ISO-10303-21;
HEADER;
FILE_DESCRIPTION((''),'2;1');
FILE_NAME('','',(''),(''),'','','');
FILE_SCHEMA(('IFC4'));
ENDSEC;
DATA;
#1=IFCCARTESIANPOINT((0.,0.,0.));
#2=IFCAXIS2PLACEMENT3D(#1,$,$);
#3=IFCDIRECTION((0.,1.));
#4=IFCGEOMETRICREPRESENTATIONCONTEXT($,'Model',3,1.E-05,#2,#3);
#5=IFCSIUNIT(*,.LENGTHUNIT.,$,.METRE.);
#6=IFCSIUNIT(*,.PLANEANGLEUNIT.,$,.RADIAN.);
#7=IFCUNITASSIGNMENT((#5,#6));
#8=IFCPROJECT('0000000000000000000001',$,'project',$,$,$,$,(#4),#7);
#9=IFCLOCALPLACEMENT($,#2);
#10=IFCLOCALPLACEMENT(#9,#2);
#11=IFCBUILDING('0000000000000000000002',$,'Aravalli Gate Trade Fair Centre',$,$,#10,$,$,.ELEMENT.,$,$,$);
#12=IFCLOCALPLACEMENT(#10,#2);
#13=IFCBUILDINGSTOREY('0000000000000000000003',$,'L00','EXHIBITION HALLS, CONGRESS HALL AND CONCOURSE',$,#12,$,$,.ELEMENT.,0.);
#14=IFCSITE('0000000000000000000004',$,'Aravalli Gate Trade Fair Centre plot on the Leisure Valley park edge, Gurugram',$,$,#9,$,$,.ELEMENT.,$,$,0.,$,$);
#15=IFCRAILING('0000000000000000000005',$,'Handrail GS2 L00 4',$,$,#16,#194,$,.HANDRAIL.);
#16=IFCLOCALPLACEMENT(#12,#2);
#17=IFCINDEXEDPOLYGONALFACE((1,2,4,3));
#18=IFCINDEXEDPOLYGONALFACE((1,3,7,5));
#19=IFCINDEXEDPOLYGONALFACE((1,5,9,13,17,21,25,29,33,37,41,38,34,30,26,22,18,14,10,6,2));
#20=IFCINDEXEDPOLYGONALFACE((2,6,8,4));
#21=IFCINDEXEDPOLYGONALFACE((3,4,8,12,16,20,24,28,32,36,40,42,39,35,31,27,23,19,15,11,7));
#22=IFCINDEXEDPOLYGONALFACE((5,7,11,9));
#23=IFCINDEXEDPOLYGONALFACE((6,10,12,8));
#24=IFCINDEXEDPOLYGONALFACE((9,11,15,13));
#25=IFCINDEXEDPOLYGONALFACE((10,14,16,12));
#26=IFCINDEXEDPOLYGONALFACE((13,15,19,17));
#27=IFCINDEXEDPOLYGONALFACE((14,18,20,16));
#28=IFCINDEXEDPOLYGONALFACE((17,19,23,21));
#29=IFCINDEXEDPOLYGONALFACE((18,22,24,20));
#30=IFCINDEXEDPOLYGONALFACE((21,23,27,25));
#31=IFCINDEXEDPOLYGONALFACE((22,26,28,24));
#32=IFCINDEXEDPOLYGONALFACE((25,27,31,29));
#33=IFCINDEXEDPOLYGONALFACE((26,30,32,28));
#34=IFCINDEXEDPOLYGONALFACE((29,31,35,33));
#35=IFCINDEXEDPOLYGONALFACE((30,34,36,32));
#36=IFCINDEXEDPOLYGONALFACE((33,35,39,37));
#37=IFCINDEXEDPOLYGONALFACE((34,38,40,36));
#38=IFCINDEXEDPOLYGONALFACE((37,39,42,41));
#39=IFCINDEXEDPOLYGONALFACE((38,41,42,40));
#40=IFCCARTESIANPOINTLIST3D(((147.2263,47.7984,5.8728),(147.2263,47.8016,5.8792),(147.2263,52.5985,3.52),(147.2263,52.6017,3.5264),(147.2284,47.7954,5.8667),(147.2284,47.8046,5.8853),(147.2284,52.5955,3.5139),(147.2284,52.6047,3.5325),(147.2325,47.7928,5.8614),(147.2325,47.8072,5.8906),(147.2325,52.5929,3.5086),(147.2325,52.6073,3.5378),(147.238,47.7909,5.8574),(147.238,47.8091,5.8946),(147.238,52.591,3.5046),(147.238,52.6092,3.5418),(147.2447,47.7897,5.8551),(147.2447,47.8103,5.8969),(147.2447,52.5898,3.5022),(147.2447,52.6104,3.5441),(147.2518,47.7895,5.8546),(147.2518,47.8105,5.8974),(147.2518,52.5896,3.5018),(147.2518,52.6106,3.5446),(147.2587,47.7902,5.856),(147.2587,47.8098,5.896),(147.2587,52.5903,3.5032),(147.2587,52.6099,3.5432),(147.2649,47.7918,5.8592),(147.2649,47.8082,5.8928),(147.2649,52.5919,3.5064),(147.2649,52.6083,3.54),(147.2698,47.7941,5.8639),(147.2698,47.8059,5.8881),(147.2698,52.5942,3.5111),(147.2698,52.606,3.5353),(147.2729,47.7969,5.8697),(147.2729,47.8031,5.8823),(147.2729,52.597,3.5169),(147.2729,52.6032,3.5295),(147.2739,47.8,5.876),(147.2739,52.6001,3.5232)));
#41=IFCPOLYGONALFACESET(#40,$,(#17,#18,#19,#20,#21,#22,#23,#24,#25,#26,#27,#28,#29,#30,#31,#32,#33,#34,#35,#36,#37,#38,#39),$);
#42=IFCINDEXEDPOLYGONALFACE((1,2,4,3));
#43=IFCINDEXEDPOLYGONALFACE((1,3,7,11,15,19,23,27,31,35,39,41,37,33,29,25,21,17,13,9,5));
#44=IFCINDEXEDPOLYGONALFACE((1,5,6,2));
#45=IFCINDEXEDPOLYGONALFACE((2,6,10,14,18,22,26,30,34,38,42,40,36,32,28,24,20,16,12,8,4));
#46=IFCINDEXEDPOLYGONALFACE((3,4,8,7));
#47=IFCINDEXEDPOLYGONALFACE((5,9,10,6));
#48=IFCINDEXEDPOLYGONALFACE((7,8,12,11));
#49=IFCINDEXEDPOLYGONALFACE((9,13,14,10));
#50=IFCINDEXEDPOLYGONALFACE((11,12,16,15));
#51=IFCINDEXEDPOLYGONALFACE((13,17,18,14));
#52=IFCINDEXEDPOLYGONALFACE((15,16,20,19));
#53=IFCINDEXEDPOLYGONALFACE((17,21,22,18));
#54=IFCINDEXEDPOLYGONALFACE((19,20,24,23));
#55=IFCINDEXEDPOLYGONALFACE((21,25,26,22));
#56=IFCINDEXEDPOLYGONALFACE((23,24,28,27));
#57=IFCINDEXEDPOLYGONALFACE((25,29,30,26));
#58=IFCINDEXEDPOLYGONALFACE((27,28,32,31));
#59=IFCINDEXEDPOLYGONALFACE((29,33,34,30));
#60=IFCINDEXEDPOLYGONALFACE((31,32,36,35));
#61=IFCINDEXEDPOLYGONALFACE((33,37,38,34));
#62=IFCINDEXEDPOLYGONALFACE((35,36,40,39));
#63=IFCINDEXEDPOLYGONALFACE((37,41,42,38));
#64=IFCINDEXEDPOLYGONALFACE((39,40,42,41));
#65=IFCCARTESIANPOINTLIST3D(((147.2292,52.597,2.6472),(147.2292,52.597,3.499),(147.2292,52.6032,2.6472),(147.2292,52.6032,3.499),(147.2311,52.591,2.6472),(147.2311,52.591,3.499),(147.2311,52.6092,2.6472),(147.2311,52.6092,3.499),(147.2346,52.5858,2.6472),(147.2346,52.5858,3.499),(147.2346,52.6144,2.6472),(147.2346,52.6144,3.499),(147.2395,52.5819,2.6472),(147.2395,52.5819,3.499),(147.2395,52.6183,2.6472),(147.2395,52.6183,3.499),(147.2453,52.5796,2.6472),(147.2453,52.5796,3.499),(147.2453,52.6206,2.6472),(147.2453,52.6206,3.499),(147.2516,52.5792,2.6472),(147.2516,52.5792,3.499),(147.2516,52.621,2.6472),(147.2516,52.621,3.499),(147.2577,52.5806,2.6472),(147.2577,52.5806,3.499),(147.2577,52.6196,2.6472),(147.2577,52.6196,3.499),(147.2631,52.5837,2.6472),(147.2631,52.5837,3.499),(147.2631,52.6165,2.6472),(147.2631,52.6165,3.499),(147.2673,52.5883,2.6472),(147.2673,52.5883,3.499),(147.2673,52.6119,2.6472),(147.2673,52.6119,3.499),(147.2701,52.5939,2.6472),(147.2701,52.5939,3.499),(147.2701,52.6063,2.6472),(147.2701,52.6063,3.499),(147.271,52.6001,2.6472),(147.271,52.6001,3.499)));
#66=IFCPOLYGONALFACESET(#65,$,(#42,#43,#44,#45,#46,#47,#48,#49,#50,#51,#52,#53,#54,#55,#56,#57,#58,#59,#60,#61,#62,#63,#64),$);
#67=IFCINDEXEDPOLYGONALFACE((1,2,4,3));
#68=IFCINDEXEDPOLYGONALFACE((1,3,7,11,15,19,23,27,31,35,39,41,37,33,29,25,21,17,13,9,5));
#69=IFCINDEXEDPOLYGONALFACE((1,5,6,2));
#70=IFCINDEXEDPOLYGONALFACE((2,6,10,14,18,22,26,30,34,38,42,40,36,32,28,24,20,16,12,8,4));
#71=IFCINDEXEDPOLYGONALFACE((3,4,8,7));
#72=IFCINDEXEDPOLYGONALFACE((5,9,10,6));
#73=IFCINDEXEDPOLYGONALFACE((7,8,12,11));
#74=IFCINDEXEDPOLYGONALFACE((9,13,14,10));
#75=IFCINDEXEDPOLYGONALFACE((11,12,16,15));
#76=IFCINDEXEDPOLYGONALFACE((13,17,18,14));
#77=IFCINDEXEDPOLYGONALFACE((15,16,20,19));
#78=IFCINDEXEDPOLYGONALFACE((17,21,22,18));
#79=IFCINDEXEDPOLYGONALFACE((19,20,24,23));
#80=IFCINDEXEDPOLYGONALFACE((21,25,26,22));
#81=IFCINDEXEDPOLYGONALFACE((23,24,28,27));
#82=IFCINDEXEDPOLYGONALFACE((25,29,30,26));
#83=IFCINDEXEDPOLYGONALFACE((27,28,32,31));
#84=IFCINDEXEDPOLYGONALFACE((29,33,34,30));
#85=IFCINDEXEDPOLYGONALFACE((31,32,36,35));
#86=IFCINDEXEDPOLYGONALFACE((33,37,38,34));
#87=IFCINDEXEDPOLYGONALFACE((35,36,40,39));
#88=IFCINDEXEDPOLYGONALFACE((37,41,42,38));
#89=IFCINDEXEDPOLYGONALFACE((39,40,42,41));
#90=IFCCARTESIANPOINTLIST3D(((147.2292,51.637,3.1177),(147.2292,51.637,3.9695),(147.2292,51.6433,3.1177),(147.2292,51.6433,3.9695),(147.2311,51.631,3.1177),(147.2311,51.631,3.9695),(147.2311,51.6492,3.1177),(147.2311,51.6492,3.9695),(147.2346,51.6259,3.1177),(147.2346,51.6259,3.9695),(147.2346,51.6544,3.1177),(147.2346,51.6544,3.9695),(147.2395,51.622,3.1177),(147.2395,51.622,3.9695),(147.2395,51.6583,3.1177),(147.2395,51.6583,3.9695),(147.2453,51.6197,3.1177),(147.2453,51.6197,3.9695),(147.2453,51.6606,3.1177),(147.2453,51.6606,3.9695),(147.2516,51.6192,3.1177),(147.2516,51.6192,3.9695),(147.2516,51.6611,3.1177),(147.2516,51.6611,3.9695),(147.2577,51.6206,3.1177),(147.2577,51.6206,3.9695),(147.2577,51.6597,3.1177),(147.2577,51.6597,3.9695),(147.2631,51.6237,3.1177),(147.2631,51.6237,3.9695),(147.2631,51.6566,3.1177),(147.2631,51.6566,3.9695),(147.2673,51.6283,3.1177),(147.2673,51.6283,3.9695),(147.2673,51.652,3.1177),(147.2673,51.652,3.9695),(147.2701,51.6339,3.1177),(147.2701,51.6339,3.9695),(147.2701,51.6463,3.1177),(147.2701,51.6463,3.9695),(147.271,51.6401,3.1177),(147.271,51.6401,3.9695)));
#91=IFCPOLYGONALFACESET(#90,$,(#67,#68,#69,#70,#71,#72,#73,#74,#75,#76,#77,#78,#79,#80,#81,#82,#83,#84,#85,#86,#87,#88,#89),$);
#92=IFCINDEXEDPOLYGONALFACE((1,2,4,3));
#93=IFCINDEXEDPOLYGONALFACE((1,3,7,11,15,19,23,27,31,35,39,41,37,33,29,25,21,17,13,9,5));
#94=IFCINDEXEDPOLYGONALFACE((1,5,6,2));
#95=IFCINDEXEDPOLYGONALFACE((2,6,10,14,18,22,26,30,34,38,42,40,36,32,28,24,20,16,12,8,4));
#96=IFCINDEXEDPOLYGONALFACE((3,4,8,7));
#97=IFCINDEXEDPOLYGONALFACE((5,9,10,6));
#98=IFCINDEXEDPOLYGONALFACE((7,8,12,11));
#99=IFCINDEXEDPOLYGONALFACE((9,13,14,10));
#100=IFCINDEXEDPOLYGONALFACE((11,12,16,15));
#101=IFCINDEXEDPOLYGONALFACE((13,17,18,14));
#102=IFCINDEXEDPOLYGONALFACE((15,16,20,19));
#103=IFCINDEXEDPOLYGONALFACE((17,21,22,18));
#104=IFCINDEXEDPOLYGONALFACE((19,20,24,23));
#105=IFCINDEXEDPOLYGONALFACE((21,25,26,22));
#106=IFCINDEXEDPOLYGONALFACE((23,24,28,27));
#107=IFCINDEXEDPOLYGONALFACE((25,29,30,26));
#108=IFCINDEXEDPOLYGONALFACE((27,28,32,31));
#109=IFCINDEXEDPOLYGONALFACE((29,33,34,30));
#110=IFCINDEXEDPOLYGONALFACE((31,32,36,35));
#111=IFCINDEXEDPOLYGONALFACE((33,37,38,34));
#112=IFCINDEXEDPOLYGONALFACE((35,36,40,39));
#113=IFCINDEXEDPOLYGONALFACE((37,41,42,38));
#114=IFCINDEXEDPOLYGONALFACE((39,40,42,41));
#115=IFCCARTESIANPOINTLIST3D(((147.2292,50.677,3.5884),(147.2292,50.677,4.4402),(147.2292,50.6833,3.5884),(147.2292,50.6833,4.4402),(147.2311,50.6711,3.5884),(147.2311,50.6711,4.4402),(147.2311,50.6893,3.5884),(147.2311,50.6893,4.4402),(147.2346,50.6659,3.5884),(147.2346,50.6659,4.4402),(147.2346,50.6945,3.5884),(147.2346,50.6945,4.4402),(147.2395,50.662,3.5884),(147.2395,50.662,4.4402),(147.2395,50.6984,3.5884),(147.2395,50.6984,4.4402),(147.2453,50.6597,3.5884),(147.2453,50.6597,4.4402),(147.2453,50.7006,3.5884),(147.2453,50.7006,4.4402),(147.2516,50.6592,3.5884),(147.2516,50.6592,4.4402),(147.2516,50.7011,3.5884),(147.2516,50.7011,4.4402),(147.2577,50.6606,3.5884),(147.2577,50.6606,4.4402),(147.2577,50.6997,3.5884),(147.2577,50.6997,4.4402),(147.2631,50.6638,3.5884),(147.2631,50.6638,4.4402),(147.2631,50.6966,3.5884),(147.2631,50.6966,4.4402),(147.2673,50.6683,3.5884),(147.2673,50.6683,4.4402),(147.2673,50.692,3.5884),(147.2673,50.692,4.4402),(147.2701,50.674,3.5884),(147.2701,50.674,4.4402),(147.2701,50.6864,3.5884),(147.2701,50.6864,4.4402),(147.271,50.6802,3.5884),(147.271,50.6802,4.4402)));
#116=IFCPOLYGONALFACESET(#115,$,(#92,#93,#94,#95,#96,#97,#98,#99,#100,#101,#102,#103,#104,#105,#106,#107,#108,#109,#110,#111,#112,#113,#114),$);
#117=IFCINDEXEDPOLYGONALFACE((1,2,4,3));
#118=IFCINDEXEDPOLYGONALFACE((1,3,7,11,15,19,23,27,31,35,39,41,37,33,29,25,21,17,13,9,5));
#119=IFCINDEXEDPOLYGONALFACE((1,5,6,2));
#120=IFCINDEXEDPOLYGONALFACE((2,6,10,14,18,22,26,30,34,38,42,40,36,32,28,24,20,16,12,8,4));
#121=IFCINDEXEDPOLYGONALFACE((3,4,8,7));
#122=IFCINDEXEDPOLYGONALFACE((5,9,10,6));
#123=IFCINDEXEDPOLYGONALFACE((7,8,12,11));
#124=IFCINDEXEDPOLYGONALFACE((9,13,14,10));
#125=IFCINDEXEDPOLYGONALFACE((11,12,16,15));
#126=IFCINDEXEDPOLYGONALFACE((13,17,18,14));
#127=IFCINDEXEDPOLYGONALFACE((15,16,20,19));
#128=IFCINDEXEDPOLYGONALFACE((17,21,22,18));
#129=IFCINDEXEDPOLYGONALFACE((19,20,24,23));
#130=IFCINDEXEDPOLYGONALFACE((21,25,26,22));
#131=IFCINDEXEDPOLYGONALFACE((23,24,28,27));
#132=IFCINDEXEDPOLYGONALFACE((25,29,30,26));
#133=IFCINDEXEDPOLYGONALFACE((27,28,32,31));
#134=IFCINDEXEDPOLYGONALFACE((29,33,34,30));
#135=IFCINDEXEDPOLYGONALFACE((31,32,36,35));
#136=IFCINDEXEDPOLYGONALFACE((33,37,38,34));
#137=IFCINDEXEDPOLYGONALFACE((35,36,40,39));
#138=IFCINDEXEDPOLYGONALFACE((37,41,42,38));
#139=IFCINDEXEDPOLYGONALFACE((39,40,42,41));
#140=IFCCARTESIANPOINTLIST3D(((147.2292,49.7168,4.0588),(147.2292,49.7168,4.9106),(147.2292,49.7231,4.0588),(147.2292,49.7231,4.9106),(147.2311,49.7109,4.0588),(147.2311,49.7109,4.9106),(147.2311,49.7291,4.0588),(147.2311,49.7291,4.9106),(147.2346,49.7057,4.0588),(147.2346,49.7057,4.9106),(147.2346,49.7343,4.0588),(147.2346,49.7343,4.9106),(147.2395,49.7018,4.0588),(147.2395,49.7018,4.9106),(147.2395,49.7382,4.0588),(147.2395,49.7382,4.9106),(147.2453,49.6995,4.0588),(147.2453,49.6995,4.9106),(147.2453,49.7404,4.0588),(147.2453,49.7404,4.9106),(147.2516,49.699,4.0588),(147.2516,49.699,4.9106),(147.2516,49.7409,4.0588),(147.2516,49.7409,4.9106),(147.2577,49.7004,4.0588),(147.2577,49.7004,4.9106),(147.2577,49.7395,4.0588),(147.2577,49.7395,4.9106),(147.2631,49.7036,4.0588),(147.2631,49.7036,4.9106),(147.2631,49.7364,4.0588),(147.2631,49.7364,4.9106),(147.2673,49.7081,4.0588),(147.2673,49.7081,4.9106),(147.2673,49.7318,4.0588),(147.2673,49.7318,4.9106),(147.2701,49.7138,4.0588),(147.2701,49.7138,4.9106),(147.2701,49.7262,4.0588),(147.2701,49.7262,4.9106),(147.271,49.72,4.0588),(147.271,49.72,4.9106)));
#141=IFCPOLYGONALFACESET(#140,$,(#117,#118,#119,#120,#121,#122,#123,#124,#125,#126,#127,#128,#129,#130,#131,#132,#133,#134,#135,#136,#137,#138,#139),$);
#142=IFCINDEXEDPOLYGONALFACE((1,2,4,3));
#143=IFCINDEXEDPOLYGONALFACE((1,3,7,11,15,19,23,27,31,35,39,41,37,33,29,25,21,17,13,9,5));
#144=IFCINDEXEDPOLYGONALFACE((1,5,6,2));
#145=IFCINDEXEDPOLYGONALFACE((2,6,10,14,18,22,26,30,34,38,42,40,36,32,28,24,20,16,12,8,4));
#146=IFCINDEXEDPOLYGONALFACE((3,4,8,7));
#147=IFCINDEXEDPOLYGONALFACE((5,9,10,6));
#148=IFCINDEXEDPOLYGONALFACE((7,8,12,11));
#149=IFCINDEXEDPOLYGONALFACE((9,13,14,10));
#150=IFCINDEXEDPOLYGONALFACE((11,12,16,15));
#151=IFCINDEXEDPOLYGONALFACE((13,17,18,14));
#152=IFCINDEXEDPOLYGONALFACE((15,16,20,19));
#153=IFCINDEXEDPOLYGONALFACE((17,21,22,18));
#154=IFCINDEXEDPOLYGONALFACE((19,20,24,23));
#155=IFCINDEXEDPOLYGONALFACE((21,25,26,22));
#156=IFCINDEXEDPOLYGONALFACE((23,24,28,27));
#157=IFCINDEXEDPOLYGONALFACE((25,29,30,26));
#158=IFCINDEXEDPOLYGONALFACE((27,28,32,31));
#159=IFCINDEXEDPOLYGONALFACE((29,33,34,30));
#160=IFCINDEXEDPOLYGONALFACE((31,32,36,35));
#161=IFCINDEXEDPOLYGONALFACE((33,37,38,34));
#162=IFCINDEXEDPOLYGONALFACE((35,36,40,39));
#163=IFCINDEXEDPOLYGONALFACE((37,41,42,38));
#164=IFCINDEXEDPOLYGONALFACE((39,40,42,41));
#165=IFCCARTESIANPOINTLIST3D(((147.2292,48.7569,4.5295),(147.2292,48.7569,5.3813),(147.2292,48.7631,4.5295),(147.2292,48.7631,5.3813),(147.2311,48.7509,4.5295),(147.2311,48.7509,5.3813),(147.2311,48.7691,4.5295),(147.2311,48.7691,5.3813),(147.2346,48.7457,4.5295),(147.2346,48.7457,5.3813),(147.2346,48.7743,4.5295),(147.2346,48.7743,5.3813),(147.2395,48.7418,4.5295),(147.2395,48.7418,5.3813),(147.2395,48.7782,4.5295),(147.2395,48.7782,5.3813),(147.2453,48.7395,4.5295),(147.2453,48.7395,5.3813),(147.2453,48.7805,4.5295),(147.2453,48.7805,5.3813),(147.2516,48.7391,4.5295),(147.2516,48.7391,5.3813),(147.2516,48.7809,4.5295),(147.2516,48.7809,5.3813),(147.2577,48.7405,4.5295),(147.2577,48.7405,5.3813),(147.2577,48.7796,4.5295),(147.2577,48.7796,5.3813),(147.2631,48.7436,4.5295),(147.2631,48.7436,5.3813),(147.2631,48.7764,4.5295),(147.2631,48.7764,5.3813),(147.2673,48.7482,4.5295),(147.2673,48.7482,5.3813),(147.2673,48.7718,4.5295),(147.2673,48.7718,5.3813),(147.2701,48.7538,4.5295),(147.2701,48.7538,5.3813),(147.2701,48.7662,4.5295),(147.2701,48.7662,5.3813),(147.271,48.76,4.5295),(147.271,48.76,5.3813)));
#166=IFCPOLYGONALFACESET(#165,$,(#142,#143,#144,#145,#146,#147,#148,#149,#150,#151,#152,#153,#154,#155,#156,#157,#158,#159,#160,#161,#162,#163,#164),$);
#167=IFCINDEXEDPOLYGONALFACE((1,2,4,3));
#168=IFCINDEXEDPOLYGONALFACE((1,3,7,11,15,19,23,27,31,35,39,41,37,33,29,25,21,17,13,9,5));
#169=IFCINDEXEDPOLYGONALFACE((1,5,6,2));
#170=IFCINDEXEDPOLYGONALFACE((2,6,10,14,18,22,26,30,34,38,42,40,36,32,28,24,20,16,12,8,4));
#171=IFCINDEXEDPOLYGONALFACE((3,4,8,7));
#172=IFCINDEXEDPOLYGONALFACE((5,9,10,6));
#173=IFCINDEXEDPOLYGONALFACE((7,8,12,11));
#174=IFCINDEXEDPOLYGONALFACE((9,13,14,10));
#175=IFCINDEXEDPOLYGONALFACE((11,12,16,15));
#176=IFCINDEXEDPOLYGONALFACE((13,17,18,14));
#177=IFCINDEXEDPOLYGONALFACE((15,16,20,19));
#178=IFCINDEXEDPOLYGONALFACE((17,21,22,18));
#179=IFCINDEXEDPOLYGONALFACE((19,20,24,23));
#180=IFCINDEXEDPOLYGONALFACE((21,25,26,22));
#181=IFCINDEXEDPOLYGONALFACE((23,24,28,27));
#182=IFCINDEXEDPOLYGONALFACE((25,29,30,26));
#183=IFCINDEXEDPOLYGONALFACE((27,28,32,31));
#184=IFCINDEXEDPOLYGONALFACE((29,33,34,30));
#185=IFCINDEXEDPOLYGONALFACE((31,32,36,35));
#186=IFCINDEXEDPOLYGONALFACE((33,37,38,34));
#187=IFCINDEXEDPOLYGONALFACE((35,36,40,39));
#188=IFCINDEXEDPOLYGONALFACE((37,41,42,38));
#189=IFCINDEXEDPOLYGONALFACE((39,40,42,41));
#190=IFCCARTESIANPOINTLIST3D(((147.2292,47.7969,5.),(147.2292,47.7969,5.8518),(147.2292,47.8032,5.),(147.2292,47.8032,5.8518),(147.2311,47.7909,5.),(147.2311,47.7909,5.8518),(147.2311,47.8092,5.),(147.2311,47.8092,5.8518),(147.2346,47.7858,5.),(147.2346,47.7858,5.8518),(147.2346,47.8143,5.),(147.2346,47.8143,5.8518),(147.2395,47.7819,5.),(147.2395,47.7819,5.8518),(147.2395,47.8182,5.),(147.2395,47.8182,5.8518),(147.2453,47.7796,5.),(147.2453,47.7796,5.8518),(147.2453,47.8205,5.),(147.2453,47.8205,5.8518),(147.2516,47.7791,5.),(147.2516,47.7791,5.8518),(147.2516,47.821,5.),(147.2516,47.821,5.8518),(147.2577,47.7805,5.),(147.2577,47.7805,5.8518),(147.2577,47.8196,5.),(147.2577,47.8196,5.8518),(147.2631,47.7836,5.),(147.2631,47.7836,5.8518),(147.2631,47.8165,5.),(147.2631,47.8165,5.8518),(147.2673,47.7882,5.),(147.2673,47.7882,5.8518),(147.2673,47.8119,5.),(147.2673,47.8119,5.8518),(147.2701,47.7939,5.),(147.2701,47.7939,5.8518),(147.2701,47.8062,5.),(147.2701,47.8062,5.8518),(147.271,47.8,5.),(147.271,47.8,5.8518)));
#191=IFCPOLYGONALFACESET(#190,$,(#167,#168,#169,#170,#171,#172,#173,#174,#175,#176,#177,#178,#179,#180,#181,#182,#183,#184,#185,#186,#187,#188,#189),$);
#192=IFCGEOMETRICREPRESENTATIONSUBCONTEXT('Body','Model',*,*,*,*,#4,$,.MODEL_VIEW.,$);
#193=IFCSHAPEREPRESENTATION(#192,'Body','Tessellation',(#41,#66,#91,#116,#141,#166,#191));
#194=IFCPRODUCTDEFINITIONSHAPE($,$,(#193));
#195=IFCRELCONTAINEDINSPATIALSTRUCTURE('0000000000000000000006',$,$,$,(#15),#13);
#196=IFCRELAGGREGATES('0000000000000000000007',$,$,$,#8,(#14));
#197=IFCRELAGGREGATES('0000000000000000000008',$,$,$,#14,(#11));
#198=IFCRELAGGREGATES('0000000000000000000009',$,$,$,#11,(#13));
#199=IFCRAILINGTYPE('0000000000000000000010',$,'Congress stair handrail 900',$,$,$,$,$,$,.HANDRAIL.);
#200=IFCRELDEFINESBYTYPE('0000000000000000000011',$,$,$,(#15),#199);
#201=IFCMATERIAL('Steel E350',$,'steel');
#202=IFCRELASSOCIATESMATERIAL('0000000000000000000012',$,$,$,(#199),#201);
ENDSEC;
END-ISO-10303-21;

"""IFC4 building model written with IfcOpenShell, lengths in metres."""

from ifc_helpers import new_model, si_unit, direction, frame, origin, origin_2d, place, context, subcontext, project, spatial, circle, extrude, material, type_object, element, save


model = new_model("IFC4")

# Units and contexts
model_context = context("Model", 3, precision=1e-05, world=origin(), true_north=direction((0.0, 1.0)))
body_context = subcontext(model_context, "Body", "Model", "MODEL_VIEW")
ifc_project = project(units=[si_unit("LENGTHUNIT", "METRE"), si_unit("PLANEANGLEUNIT", "RADIAN")], contexts=[model_context])

# Site, building, storey
site_placement = place(None, origin())
site = spatial("IfcSite", under=ifc_project, at=site_placement, Name="Aravalli Gate Trade Fair Centre plot on the Leisure Valley park edge, Gurugram", CompositionType="ELEMENT", RefElevation=0.0)
building_placement = place(site_placement, origin())
building = spatial("IfcBuilding", under=site, at=building_placement, Name="Aravalli Gate Trade Fair Centre", CompositionType="ELEMENT")
storey_placement = place(building_placement, origin())
storey = spatial("IfcBuildingStorey", under=building, at=storey_placement, Name="L00", Description="EXHIBITION HALLS, CONGRESS HALL AND CONCOURSE", CompositionType="ELEMENT", Elevation=0.0)

# Railing
ifc_material_1 = material(Name="Steel E350", Category="steel")
railing_type = type_object("IfcRailingType", Name="Congress stair handrail 900", PredefinedType="HANDRAIL", material=ifc_material_1)
for number, where, name in (
    (1, (147.25, 52.6001, 2.6472), "Handrail GS2 L00 4"),
):
    element("IfcRailing", number, at=place(storey_placement, frame(where)), inside=storey, type_object=railing_type, Name=name, PredefinedType="HANDRAIL", context=body_context, shape_type="SweptSolid", body=[
        extrude(circle(Radius=0.0239, at=origin_2d()), frame((0.0, 0.0, 0.876), z_axis=(0.0, -0.897934, 0.44013), x_axis=(1.0, 0.0, 0.0)), (0.0, 0.0, 1.0), 5.3457),
        extrude(circle(Radius=0.021, at=origin_2d()), origin(), (0.0, 0.0, 1.0), 0.8518),
        extrude(circle(Radius=0.021, at=origin_2d()), frame((0.0, -0.96, 0.4705)), (0.0, 0.0, 1.0), 0.8518),
        extrude(circle(Radius=0.021, at=origin_2d()), frame((0.0, -1.9199, 0.9412)), (0.0, 0.0, 1.0), 0.8518),
        extrude(circle(Radius=0.021, at=origin_2d()), frame((0.0, -2.8801, 1.4116)), (0.0, 0.0, 1.0), 0.8518),
        extrude(circle(Radius=0.021, at=origin_2d()), frame((0.0, -3.8401, 1.8823)), (0.0, 0.0, 1.0), 0.8518),
        extrude(circle(Radius=0.021, at=origin_2d()), frame((0.0, -4.8, 2.3528)), (0.0, 0.0, 1.0), 0.8518),
    ])

save(model, "model.ifc")
